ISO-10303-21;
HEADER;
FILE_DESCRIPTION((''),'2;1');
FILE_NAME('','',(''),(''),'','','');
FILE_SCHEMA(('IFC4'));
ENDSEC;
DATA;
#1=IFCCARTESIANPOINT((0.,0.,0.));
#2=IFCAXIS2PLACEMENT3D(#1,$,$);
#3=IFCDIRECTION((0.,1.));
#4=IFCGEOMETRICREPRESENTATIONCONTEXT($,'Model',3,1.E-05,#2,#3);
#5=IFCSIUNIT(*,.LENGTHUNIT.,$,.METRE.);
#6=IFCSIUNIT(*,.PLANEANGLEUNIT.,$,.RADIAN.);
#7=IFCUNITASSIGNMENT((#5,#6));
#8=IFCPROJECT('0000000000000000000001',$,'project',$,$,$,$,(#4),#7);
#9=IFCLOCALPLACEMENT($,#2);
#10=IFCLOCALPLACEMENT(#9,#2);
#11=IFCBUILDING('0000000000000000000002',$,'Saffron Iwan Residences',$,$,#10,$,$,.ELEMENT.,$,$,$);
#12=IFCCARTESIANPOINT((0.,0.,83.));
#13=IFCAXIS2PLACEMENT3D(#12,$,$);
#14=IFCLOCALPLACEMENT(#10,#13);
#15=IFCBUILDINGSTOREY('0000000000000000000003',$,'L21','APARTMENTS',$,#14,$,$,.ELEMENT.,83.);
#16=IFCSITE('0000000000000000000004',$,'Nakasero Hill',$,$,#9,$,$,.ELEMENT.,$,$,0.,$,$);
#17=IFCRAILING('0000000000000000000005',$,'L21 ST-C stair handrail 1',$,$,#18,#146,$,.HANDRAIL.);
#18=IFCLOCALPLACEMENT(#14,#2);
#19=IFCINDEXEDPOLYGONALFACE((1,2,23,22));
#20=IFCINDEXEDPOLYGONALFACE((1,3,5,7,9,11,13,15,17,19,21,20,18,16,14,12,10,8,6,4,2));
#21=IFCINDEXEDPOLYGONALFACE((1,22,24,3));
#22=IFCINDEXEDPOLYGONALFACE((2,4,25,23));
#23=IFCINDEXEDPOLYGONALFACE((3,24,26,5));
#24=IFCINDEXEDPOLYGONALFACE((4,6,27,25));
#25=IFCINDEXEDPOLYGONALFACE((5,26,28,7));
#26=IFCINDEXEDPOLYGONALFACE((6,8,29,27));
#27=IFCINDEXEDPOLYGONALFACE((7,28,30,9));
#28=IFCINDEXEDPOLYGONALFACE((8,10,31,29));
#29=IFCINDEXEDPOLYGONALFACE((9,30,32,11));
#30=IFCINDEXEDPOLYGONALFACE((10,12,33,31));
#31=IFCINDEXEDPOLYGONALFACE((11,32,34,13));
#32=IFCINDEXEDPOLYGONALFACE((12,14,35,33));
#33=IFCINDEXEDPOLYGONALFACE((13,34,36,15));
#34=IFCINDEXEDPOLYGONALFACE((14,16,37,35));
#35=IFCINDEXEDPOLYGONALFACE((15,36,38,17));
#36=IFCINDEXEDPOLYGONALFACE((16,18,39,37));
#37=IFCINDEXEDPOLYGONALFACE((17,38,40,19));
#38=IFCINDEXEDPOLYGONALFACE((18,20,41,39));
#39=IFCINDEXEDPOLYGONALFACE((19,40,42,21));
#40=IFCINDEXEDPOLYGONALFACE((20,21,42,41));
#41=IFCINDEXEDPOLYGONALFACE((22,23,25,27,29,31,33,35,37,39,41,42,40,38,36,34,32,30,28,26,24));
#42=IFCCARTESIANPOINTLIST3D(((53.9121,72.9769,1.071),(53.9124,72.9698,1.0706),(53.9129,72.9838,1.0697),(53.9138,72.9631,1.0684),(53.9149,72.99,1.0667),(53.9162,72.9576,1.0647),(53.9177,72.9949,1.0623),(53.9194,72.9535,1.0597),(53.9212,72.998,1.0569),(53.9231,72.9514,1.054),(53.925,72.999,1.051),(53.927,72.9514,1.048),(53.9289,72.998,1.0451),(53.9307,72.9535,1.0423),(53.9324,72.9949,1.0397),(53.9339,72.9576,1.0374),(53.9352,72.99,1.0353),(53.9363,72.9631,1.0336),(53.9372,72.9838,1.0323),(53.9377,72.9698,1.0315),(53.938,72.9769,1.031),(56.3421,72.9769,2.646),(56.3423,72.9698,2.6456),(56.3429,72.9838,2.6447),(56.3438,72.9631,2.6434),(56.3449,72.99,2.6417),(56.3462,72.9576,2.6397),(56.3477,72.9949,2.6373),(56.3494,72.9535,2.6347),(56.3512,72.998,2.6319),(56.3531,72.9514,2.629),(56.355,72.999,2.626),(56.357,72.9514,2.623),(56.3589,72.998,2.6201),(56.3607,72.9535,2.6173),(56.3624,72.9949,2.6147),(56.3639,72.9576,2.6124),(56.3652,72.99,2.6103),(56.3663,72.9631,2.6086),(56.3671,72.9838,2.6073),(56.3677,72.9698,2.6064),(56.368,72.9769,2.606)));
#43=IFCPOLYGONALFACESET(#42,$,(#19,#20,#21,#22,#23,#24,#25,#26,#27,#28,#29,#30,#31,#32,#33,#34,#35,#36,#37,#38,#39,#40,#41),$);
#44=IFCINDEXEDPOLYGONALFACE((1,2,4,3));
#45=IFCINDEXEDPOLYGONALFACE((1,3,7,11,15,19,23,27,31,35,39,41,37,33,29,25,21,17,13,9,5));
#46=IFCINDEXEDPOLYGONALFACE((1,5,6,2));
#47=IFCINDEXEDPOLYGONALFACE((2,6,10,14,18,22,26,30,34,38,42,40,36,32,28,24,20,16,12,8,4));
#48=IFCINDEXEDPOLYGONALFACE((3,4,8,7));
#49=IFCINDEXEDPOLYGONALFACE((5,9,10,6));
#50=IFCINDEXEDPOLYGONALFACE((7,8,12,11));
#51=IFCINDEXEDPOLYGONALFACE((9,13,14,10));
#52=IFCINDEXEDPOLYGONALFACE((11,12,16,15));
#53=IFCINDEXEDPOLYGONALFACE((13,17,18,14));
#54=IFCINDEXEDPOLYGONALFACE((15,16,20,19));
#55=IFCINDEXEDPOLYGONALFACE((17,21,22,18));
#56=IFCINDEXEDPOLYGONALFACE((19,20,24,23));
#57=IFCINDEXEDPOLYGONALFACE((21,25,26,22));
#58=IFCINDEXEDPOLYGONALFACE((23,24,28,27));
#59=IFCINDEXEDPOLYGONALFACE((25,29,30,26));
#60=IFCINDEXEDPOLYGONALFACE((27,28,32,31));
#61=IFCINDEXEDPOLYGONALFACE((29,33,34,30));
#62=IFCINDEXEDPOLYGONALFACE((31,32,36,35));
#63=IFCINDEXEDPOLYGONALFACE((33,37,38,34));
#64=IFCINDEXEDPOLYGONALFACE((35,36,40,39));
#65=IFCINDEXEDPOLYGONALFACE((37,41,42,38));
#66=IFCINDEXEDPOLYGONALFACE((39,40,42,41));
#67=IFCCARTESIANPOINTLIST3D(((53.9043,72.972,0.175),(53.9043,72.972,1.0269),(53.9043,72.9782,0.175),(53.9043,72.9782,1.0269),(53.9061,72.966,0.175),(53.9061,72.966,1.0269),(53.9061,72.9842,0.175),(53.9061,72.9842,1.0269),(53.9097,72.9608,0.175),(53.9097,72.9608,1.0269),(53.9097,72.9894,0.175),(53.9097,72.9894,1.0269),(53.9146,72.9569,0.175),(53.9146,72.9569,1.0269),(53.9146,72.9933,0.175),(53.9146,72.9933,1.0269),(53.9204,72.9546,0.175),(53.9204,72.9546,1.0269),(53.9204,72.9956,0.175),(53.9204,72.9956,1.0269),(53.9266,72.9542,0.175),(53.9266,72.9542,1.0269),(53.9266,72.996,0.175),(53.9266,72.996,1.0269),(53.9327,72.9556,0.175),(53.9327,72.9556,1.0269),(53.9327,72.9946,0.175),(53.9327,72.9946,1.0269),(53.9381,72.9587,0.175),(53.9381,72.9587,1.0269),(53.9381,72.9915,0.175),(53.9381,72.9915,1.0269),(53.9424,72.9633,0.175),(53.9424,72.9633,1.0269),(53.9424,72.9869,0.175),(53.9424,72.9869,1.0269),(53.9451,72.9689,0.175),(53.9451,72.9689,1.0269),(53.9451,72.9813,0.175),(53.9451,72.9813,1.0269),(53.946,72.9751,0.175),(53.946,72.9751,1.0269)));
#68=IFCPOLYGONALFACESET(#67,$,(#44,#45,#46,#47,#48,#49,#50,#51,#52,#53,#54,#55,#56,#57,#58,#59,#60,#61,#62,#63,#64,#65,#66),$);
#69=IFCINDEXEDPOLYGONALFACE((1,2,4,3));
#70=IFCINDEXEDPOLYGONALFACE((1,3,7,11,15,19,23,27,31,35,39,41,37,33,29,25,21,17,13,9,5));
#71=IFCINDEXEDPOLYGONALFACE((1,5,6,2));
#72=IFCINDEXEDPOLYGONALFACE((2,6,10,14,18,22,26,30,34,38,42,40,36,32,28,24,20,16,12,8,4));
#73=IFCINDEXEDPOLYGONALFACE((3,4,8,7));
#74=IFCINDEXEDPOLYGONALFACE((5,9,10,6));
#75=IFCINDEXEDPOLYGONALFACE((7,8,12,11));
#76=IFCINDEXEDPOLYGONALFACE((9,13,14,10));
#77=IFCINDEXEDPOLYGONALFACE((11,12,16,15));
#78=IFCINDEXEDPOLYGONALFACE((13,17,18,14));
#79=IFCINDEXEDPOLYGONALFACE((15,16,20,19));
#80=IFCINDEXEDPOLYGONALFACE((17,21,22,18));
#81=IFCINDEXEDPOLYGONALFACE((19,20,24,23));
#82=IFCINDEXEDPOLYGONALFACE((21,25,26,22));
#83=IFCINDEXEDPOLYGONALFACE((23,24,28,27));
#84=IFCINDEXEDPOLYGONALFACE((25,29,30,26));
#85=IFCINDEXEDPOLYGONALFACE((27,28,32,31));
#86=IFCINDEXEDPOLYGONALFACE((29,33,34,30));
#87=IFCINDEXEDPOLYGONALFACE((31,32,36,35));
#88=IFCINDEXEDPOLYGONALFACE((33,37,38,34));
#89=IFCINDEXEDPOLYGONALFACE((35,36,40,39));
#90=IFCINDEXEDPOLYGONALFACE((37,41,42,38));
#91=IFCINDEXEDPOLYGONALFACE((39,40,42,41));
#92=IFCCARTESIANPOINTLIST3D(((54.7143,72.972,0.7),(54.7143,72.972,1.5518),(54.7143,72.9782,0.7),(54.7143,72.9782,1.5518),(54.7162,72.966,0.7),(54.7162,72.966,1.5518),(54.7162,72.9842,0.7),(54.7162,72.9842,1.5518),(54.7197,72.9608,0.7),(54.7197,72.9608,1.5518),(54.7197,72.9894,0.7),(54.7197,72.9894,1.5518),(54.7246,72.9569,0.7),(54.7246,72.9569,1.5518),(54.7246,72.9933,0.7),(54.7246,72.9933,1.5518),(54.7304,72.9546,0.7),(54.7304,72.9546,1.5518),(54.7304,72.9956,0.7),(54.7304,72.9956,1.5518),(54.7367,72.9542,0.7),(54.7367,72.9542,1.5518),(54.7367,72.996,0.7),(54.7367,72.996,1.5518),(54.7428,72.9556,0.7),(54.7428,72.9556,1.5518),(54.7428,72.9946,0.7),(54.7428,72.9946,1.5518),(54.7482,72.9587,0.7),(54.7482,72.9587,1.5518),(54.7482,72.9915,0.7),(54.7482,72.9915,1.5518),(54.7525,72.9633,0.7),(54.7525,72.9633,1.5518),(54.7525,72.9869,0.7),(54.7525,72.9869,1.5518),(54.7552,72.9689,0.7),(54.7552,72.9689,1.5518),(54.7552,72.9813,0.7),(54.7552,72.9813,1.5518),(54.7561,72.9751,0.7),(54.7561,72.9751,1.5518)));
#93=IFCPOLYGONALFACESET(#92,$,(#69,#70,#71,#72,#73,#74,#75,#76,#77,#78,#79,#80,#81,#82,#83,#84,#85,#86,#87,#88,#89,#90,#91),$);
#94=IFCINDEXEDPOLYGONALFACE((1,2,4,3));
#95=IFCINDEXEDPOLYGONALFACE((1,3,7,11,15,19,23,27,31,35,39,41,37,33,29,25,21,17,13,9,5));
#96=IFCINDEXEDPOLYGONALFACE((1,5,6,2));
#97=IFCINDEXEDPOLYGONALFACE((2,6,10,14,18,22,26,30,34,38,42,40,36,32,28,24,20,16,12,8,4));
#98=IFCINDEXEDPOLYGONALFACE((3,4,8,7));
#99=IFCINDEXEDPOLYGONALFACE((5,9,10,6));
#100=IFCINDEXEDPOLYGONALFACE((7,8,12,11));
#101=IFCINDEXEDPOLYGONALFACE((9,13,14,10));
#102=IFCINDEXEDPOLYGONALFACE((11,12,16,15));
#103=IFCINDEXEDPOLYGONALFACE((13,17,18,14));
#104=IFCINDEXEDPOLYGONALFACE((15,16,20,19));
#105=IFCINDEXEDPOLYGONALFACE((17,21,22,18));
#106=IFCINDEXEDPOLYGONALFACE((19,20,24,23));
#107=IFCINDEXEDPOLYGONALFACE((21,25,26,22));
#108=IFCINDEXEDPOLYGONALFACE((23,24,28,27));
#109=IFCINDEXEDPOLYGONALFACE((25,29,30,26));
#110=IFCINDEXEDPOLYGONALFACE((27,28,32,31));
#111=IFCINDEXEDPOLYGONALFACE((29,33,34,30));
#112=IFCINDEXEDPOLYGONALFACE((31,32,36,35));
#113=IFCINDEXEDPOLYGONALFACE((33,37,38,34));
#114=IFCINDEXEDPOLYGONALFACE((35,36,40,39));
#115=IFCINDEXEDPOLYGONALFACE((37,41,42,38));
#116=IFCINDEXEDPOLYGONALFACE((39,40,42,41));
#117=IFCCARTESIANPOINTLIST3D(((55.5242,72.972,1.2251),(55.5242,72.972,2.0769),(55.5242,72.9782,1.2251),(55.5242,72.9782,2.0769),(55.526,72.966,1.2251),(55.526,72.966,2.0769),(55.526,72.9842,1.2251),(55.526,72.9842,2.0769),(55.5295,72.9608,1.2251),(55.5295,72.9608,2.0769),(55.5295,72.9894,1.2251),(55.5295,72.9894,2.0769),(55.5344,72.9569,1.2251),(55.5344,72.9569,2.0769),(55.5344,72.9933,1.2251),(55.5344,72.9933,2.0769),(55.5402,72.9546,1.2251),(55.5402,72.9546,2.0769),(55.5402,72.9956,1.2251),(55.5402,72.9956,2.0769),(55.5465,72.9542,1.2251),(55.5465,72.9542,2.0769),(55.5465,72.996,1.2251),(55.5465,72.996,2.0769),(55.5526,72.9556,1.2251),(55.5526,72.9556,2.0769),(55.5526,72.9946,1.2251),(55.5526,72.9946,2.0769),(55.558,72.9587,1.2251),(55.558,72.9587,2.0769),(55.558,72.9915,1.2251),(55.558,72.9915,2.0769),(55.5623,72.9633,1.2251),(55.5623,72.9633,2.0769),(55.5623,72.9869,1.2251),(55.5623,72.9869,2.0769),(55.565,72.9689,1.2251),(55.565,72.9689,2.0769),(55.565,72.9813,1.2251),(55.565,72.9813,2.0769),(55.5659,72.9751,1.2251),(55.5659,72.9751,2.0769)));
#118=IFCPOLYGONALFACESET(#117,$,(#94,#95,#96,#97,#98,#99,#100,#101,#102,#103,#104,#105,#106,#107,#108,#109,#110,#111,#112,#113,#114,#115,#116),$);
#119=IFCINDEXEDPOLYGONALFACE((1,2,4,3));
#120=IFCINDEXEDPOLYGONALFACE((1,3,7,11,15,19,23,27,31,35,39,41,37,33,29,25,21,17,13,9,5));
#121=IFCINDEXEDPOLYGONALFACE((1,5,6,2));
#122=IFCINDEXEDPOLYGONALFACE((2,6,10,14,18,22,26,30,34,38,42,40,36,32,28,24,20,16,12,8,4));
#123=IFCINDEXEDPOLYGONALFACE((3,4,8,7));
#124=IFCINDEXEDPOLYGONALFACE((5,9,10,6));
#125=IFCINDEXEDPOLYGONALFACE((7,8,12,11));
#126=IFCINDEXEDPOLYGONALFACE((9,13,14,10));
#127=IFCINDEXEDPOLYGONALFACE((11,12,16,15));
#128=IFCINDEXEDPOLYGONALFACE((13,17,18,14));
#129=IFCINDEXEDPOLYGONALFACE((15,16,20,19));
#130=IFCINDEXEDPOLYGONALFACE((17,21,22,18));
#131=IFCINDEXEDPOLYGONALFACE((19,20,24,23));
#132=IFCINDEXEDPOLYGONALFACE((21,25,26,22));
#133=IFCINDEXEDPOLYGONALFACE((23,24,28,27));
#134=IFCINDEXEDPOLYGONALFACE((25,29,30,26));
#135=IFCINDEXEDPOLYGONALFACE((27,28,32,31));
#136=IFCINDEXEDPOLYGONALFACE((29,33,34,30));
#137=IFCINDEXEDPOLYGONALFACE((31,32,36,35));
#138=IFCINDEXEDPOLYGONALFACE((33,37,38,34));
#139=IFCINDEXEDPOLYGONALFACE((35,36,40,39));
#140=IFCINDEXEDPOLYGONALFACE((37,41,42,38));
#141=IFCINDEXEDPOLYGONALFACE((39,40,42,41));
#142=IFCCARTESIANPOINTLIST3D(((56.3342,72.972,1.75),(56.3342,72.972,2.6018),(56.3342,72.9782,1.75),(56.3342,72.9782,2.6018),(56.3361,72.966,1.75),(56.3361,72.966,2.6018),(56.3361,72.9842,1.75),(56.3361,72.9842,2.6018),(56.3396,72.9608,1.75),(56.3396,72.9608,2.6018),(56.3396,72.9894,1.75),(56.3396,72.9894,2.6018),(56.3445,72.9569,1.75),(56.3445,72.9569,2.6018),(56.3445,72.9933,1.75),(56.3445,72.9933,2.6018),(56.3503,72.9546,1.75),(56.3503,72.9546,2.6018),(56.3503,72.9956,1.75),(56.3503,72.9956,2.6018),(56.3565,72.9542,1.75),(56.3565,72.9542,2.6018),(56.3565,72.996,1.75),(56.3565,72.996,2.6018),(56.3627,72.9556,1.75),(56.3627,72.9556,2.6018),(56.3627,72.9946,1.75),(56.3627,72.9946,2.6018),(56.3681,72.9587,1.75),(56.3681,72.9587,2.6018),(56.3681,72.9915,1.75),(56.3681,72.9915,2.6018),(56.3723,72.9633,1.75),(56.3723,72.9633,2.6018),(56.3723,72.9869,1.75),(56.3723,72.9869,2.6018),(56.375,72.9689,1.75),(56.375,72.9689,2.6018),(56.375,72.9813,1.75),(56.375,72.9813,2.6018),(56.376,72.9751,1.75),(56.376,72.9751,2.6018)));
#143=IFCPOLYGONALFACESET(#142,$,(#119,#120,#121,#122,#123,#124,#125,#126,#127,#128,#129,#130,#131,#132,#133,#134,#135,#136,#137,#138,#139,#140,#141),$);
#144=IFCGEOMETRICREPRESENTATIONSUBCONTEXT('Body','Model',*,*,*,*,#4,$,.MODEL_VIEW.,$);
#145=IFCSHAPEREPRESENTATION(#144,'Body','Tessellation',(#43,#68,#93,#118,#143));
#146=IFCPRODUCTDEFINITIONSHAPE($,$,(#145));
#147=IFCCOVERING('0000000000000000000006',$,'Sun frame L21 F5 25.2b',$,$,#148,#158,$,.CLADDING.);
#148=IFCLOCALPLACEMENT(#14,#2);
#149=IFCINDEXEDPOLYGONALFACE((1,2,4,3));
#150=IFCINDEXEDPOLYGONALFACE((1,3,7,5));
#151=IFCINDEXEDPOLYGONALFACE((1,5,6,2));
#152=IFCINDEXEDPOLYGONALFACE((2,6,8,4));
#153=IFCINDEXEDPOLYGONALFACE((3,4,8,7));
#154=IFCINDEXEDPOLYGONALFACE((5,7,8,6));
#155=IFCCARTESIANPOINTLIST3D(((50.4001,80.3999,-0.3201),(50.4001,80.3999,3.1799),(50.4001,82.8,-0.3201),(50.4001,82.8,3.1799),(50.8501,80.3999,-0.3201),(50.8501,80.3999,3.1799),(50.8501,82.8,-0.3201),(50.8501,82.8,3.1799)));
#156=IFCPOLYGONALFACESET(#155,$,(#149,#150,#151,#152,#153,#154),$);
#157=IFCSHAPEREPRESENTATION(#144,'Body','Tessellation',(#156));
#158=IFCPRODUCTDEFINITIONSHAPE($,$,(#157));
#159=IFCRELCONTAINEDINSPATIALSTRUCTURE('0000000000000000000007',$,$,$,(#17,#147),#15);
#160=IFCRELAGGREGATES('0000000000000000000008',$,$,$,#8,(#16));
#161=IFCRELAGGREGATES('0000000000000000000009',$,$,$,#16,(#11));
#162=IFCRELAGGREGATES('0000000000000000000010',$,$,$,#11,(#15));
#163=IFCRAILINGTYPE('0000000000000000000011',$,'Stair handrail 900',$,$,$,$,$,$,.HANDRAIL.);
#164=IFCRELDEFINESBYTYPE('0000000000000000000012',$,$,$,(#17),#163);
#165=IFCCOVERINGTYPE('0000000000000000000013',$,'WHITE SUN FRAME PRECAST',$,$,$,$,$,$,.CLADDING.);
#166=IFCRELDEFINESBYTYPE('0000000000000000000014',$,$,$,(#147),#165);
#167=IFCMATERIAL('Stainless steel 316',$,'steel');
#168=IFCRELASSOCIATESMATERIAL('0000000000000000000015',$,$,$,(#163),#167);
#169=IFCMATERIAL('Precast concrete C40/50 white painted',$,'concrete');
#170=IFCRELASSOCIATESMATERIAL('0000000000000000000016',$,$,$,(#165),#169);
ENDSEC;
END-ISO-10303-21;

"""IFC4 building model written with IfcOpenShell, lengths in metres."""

from ifc_helpers import new_model, si_unit, direction, frame, origin, origin_2d, place, context, subcontext, project, spatial, polyline, circle, outline, extrude, material, type_object, element, save


model = new_model("IFC4")

# Units and contexts
model_context = context("Model", 3, precision=1e-05, world=origin(), true_north=direction((0.0, 1.0)))
body_context = subcontext(model_context, "Body", "Model", "MODEL_VIEW")
ifc_project = project(units=[si_unit("LENGTHUNIT", "METRE"), si_unit("PLANEANGLEUNIT", "RADIAN")], contexts=[model_context])

# Site, building, storey
site_placement = place(None, origin())
site = spatial("IfcSite", under=ifc_project, at=site_placement, Name="Nakasero Hill", CompositionType="ELEMENT", RefElevation=0.0)
building_placement = place(site_placement, origin())
building = spatial("IfcBuilding", under=site, at=building_placement, Name="Saffron Iwan Residences", CompositionType="ELEMENT")
storey_placement = place(building_placement, frame((0.0, 0.0, 83.0)))
storey = spatial("IfcBuildingStorey", under=building, at=storey_placement, Name="L21", Description="APARTMENTS", CompositionType="ELEMENT", Elevation=83.0)

# Railing
ifc_material_1 = material(Name="Stainless steel 316", Category="steel")
railing_type_1 = type_object("IfcRailingType", Name="Stair handrail 900", PredefinedType="HANDRAIL", material=ifc_material_1)
railing_1_placement = place(storey_placement, frame((53.925, 72.9751, 0.175)))
element("IfcRailing", 1, at=railing_1_placement, inside=storey, type_object=railing_type_1, Name="L21 ST-C stair handrail 1", PredefinedType="HANDRAIL", context=body_context, shape_type="SweptSolid", body=[
    extrude(circle(Radius=0.0239, at=origin_2d()), frame((0.0, 0.0, 0.876), z_axis=(0.839154, 0.0, 0.543894), x_axis=(0.0, 1.0, 0.0)), (0.0, 0.0, 1.0), 2.8958),
    extrude(circle(Radius=0.021, at=origin_2d()), origin(), (0.0, 0.0, 1.0), 0.8518),
    extrude(circle(Radius=0.021, at=origin_2d()), frame((0.8101, 0.0, 0.5249)), (0.0, 0.0, 1.0), 0.8518),
    extrude(circle(Radius=0.021, at=origin_2d()), frame((1.6199, 0.0, 1.05)), (0.0, 0.0, 1.0), 0.8518),
    extrude(circle(Radius=0.021, at=origin_2d()), frame((2.4299, 0.0, 1.575)), (0.0, 0.0, 1.0), 0.8518),
])

# Covering
ifc_material_2 = material(Name="Precast concrete C40/50 white painted", Category="concrete")
covering_type_1 = type_object("IfcCoveringType", Name="WHITE SUN FRAME PRECAST", PredefinedType="CLADDING", material=ifc_material_2)
covering_1_placement = place(storey_placement, frame((50.8501, 80.3999, -0.3201), z_axis=(0.0, 1.0, 0.0), x_axis=(-1.0, 0.0, 0.0)))
element("IfcCovering", 2, at=covering_1_placement, inside=storey, type_object=covering_type_1, Name="Sun frame L21 F5 25.2b", PredefinedType="CLADDING", context=body_context, shape_type="SweptSolid", body=[
    extrude(outline(polyline([(0.0, 0.0), (0.45, 0.0), (0.45, 3.5), (0.0, 3.5), (0.0, 0.0)])), origin(), (0.0, 0.0, 1.0), 2.4001),
])

save(model, "model.ifc")
